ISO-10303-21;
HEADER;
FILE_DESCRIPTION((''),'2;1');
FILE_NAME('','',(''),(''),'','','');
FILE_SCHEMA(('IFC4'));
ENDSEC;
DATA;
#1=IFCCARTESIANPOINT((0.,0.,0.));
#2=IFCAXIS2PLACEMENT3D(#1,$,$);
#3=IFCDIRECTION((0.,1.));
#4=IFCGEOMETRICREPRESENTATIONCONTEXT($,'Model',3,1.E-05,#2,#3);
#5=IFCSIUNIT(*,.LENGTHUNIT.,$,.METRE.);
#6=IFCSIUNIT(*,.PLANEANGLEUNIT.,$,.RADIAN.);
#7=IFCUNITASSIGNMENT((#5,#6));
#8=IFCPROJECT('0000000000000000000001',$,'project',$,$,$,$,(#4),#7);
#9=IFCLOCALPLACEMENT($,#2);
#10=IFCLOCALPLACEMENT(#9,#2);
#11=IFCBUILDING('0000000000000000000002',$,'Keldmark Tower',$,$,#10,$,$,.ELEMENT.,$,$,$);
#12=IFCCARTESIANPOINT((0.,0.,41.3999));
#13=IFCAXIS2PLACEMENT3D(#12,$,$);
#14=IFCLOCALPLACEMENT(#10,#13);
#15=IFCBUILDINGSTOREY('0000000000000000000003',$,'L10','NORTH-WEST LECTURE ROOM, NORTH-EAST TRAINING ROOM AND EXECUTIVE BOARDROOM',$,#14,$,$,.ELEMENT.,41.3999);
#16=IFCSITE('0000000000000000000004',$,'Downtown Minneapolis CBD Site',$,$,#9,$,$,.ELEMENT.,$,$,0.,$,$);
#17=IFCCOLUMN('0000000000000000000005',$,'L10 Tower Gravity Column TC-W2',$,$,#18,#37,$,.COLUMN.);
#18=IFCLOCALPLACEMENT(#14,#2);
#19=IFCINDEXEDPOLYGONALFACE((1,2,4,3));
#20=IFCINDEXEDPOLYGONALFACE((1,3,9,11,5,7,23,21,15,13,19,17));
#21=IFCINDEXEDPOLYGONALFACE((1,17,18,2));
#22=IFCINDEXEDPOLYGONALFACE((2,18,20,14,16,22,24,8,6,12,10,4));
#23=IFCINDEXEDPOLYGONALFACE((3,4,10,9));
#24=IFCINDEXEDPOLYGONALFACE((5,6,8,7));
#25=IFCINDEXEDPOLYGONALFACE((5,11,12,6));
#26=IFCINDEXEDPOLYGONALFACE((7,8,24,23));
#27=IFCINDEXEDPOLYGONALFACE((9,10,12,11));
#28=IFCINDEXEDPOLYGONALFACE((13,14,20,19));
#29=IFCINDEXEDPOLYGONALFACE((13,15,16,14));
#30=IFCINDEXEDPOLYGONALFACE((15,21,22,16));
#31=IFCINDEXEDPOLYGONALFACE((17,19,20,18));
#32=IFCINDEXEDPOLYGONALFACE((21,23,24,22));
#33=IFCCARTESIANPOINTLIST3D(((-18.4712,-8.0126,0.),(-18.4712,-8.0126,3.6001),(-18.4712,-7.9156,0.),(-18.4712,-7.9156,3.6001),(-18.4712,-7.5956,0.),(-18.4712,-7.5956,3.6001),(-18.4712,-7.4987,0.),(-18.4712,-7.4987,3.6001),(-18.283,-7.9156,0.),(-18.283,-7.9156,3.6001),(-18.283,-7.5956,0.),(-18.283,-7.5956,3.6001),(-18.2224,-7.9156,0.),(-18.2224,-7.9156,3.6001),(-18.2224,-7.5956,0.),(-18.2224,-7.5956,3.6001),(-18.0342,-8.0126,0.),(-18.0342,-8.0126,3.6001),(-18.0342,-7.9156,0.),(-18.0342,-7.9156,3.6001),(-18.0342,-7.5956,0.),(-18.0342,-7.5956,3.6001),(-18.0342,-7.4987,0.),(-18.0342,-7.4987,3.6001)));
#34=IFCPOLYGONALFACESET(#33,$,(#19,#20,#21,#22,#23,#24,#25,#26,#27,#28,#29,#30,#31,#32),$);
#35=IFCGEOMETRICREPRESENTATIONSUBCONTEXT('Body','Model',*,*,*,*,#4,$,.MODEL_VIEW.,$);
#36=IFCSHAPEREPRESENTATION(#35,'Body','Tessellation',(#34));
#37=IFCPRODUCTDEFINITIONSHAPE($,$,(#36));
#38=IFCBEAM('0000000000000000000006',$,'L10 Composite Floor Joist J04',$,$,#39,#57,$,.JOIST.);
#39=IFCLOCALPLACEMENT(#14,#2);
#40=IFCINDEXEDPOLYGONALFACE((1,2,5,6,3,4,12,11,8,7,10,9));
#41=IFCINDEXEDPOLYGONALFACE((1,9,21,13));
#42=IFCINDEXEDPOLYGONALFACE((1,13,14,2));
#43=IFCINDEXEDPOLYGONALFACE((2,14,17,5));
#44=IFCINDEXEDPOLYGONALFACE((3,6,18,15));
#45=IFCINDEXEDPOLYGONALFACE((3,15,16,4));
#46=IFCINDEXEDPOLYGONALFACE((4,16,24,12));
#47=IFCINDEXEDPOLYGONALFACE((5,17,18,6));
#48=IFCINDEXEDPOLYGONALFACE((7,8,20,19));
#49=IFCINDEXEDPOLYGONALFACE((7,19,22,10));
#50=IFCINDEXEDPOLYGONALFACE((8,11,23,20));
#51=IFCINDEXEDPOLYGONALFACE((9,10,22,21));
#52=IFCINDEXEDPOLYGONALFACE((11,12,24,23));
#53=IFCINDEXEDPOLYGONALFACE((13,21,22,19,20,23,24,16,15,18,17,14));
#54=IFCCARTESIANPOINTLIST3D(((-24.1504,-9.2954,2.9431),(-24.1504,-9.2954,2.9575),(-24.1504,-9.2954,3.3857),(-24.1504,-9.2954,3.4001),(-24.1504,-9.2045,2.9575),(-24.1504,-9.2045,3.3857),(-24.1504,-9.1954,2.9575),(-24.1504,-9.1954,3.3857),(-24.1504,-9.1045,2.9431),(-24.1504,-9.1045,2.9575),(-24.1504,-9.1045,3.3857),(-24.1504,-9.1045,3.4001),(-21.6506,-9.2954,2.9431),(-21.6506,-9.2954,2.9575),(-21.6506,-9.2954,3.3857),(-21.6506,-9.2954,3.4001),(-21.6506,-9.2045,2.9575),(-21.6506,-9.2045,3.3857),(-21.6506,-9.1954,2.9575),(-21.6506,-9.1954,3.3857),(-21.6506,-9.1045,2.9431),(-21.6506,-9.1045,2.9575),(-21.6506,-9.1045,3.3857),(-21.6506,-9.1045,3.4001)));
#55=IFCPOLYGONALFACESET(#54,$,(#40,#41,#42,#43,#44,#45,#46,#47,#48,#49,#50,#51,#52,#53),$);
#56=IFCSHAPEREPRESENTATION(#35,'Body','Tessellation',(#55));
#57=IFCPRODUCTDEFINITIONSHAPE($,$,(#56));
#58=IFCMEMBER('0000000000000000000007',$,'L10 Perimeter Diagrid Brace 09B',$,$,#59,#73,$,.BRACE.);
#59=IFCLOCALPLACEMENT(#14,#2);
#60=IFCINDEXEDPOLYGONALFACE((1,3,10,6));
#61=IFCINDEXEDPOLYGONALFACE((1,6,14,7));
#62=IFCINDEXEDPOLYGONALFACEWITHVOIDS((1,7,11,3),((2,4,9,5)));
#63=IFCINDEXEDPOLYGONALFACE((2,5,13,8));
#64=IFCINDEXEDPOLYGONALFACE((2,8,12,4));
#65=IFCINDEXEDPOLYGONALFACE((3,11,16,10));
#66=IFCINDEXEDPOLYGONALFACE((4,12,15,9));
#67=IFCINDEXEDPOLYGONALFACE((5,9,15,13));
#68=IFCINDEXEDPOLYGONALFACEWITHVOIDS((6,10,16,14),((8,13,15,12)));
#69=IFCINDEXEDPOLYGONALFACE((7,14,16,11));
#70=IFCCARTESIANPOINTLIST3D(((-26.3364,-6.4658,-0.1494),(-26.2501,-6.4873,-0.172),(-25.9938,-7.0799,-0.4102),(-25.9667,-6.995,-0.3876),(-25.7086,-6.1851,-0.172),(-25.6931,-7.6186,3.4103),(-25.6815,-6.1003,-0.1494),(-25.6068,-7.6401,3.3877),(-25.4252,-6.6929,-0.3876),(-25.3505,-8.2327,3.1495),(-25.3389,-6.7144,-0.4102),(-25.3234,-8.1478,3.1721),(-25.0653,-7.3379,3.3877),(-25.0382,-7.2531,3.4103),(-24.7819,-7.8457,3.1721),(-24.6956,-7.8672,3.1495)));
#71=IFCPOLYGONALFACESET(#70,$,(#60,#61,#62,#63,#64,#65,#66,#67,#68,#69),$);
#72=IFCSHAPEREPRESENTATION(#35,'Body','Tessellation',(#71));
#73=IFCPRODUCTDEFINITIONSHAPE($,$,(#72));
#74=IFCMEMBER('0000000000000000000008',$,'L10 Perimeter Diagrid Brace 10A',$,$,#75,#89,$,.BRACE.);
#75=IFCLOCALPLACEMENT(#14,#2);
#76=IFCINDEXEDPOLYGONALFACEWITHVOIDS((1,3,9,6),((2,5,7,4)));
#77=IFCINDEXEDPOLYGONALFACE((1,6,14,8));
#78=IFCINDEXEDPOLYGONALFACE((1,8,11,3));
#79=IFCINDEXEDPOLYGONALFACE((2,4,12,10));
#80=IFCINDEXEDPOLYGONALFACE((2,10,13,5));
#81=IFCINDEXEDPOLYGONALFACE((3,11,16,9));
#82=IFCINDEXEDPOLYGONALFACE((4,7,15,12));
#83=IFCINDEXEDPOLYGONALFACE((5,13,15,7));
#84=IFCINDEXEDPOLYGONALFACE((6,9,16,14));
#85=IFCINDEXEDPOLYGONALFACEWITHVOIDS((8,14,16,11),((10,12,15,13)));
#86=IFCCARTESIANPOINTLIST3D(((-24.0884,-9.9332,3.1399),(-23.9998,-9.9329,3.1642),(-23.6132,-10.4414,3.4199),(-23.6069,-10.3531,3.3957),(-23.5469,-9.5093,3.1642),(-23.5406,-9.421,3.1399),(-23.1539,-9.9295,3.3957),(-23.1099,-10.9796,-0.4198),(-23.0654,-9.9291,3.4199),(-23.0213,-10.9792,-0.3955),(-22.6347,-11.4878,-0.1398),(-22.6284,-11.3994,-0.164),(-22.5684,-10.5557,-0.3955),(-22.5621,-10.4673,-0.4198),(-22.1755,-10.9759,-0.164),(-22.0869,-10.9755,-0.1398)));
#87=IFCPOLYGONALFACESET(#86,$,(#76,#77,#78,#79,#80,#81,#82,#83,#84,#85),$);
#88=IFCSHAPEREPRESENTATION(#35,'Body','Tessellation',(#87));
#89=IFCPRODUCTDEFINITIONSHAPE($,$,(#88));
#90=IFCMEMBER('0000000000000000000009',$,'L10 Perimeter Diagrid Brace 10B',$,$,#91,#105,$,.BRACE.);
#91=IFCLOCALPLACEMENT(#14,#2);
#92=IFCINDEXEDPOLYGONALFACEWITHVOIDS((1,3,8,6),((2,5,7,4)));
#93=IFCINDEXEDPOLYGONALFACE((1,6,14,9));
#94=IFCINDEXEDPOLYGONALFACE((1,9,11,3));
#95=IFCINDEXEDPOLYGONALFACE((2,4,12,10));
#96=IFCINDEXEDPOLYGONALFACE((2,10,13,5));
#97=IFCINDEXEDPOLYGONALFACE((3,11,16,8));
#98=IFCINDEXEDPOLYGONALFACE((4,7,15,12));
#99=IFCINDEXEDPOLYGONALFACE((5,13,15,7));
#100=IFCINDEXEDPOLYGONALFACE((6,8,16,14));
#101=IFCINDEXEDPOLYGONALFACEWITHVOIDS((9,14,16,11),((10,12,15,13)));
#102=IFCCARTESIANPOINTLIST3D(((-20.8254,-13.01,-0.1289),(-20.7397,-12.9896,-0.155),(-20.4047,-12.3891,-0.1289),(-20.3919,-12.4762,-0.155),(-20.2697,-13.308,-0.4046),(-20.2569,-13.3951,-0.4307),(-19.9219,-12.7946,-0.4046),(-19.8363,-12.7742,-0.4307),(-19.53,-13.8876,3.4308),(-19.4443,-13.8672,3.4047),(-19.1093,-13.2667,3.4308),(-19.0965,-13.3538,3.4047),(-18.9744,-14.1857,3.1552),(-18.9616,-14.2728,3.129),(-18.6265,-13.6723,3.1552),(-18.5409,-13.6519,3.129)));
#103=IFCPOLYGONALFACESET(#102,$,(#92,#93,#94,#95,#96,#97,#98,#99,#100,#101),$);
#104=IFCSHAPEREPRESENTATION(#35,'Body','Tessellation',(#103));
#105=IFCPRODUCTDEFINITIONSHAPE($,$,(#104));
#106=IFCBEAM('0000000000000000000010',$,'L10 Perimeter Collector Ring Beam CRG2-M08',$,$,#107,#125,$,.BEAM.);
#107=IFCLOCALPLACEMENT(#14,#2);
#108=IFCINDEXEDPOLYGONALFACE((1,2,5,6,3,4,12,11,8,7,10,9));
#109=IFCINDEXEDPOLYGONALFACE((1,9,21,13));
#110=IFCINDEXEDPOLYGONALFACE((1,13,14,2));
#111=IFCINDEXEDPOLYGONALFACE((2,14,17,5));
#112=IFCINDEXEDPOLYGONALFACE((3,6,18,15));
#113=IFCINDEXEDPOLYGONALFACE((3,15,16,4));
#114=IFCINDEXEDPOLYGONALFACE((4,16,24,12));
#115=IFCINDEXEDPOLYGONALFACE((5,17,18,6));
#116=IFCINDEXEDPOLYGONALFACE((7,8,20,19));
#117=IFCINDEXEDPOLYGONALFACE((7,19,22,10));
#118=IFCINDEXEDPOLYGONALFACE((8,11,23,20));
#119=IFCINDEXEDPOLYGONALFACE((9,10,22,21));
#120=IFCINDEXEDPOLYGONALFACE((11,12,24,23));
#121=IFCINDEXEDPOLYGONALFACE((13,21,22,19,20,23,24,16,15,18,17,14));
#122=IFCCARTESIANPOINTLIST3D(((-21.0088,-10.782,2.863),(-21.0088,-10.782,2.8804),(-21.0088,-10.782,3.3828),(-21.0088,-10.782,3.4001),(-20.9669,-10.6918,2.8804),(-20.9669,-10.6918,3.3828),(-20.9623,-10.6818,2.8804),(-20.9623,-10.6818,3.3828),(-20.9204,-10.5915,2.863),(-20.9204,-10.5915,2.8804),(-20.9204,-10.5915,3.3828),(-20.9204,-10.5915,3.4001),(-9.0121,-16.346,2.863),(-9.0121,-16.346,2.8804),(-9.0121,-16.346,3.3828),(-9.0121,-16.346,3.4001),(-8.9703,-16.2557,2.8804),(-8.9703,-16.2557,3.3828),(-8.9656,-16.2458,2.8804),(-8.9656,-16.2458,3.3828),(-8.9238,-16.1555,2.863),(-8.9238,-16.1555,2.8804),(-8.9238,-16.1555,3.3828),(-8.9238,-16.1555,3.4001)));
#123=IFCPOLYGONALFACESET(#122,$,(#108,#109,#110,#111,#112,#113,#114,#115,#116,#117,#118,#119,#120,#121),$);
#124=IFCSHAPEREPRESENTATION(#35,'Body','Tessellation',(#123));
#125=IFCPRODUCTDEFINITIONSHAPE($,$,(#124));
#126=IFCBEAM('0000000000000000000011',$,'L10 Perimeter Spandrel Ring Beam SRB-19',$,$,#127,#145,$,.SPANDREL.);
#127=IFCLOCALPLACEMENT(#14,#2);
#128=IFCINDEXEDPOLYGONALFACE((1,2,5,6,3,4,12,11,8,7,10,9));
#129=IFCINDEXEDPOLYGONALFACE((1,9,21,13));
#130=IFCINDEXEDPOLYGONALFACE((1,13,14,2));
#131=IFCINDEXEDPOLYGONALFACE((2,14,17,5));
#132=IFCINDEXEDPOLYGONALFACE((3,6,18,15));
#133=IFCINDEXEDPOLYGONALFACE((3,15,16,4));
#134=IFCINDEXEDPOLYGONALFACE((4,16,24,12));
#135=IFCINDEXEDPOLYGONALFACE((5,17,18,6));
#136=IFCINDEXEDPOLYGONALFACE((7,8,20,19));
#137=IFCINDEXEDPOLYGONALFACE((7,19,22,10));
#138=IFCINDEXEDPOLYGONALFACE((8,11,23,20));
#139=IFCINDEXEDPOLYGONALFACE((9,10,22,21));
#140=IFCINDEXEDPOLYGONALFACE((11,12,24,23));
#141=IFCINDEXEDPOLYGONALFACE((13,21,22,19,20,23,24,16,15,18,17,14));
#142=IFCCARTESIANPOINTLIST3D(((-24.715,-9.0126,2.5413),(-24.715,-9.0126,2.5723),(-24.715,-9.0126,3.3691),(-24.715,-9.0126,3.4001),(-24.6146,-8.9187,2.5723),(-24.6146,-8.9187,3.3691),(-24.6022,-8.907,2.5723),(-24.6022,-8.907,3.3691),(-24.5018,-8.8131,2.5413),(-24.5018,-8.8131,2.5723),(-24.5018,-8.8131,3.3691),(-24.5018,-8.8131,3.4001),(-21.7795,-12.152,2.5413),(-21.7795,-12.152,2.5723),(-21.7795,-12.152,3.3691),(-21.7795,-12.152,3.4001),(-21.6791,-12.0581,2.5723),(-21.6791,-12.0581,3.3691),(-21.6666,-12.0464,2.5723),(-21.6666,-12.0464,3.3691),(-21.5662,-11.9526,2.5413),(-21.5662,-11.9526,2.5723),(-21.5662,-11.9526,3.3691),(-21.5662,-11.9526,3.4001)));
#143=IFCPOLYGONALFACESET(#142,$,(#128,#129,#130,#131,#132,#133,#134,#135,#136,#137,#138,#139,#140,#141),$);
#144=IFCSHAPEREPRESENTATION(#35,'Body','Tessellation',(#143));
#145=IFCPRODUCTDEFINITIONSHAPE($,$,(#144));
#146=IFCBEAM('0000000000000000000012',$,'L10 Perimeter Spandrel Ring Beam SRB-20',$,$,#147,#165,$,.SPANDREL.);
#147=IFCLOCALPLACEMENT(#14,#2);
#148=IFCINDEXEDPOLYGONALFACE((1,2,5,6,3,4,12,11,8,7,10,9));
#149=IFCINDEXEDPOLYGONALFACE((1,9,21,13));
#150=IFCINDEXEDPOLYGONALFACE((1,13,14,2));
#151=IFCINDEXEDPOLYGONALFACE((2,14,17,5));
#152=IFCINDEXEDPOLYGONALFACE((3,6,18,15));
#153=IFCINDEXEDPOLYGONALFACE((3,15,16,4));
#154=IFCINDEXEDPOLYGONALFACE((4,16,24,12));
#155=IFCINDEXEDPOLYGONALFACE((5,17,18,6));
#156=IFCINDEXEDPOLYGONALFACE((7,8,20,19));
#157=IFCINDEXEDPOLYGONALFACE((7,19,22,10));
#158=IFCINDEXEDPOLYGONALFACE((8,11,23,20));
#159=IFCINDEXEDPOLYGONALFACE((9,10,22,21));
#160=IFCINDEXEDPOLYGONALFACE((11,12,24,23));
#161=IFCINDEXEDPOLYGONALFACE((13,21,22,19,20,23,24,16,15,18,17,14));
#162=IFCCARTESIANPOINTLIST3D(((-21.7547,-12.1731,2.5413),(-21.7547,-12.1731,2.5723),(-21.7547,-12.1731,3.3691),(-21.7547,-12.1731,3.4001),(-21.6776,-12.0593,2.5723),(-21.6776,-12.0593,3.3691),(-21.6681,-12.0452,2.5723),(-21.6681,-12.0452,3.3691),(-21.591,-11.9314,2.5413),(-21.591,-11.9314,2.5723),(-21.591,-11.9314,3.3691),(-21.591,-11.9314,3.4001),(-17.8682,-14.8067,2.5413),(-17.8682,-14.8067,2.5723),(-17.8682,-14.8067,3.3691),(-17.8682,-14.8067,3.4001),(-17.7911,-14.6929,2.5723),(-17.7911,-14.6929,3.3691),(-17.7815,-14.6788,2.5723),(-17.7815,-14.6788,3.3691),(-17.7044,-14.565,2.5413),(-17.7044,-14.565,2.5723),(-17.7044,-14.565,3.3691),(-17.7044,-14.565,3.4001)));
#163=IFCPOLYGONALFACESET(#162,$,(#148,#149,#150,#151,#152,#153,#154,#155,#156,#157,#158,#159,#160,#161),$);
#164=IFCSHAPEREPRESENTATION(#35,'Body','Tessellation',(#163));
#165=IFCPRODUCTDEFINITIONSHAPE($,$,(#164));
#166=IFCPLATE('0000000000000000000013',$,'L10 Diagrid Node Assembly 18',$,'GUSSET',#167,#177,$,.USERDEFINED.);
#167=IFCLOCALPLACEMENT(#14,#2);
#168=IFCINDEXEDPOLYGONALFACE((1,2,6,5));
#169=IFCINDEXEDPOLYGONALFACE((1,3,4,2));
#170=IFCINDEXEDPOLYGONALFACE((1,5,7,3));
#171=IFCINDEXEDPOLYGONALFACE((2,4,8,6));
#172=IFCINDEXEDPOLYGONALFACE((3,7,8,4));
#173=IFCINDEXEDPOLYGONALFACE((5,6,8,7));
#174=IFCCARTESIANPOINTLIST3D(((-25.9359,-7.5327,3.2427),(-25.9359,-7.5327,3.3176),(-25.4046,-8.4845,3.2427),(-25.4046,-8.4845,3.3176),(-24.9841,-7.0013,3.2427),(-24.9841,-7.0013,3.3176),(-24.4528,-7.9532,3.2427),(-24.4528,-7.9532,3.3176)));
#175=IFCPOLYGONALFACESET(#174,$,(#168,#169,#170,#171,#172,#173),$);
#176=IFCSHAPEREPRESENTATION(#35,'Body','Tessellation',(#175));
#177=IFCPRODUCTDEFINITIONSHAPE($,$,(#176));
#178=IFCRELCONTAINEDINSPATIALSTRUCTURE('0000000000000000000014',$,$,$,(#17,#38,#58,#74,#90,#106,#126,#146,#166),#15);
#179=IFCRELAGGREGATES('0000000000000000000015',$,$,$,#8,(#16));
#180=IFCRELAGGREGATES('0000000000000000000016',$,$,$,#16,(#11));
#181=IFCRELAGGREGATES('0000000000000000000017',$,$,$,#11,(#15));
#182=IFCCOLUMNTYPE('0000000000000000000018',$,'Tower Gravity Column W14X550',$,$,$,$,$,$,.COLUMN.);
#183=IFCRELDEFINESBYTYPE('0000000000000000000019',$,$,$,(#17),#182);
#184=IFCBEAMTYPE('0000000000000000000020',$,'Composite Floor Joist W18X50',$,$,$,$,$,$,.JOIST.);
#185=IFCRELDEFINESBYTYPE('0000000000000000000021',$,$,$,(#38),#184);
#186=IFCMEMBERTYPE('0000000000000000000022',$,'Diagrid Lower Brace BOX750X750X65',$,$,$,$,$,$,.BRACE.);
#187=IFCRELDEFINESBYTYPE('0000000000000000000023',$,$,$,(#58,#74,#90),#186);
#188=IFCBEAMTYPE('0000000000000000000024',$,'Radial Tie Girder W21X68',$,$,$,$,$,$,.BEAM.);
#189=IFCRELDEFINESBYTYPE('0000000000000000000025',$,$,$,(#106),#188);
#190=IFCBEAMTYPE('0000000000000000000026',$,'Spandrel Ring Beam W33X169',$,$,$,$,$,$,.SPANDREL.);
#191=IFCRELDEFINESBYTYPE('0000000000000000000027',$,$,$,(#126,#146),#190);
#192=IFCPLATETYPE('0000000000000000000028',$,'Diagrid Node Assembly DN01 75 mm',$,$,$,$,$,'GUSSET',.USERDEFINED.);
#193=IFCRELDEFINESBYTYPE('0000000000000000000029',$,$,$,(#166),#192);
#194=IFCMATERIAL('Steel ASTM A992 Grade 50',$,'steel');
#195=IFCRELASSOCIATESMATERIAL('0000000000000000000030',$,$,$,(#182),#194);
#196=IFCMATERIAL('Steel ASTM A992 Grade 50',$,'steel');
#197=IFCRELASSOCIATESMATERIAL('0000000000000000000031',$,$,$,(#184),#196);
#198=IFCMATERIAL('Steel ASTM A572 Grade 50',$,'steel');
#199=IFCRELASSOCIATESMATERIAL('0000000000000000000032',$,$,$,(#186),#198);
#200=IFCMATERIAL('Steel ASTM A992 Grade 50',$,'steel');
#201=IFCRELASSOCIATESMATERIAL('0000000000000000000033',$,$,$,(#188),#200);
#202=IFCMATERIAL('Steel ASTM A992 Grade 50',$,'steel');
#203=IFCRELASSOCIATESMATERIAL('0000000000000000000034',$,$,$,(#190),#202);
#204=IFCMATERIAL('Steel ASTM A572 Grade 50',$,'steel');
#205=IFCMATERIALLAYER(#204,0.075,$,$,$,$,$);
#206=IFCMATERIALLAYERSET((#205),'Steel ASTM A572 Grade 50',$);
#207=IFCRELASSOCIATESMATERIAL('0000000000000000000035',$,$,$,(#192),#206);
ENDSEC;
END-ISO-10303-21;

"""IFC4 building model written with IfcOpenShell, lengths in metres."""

from ifc_helpers import new_model, si_unit, direction, frame, origin, origin_2d, place, context, subcontext, project, spatial, rectangle, hollow_rectangle, i_section, extrude, material, layer, layer_set, material_profile, profile_set, type_object, element, save


model = new_model("IFC4")

# Units and contexts
model_context = context("Model", 3, precision=1e-05, world=origin(), true_north=direction((0.0, 1.0)))
body_context = subcontext(model_context, "Body", "Model", "MODEL_VIEW")
ifc_project = project(units=[si_unit("LENGTHUNIT", "METRE"), si_unit("PLANEANGLEUNIT", "RADIAN")], contexts=[model_context])

# Site, building, storey
site_placement = place(None, origin())
site = spatial("IfcSite", under=ifc_project, at=site_placement, Name="Downtown Minneapolis CBD Site", CompositionType="ELEMENT", RefElevation=0.0)
building_placement = place(site_placement, origin())
building = spatial("IfcBuilding", under=site, at=building_placement, Name="Keldmark Tower", CompositionType="ELEMENT")
storey_placement = place(building_placement, frame((0.0, 0.0, 41.3999)))
storey = spatial("IfcBuildingStorey", under=building, at=storey_placement, Name="L10", Description="NORTH-WEST LECTURE ROOM, NORTH-EAST TRAINING ROOM AND EXECUTIVE BOARDROOM", CompositionType="ELEMENT", Elevation=41.3999)

# Column
ifc_material_1 = material(Name="Steel ASTM A992 Grade 50", Category="steel")
ifc_material_profile_1 = material_profile(ifc_material_1, i_section(OverallWidth=0.437, OverallDepth=0.5139, WebThickness=0.0605, FlangeThickness=0.0969, at=origin_2d()), Name="W14X550")
ifc_profile_set_1 = profile_set([ifc_material_profile_1], Name="Steel ASTM A992 Grade 50")
column_type = type_object("IfcColumnType", Name="Tower Gravity Column W14X550", PredefinedType="COLUMN", material=ifc_profile_set_1)
column_placement = place(storey_placement, frame((-18.2527, -7.7556, 0.0), z_axis=(0.0, 0.0, 1.0), x_axis=(1.0, 0.0, 0.0)))
element("IfcColumn", 1, at=column_placement, inside=storey, type_object=column_type, Name="L10 Tower Gravity Column TC-W2", PredefinedType="COLUMN", context=body_context, shape_type="SweptSolid", body=[
    extrude(i_section(OverallWidth=0.437, OverallDepth=0.5139, WebThickness=0.0605, FlangeThickness=0.0969, at=origin_2d()), origin(), (0.0, 0.0, 1.0), 3.6001),
])

# Beam
ifc_material_2 = material(Name="Steel ASTM A992 Grade 50", Category="steel")
ifc_material_profile_2 = material_profile(ifc_material_2, i_section(OverallWidth=0.1909, OverallDepth=0.457, WebThickness=0.009, FlangeThickness=0.0144, at=origin_2d()), Name="W18X50")
ifc_profile_set_2 = profile_set([ifc_material_profile_2], Name="Steel ASTM A992 Grade 50")
beam_type_1 = type_object("IfcBeamType", Name="Composite Floor Joist W18X50", PredefinedType="JOIST", material=ifc_profile_set_2)
beam_1_placement = place(storey_placement, frame((-24.1504, -9.2, 3.1716), z_axis=(1.0, 0.0, 0.0), x_axis=(0.0, 1.0, 0.0)))
element("IfcBeam", 2, at=beam_1_placement, inside=storey, type_object=beam_type_1, Name="L10 Composite Floor Joist J04", PredefinedType="JOIST", context=body_context, shape_type="SweptSolid", body=[
    extrude(i_section(OverallWidth=0.1909, OverallDepth=0.457, WebThickness=0.009, FlangeThickness=0.0144, at=origin_2d()), origin(), (0.0, 0.0, 1.0), 2.4998),
])

# Members
ifc_material_3 = material(Name="Steel ASTM A572 Grade 50", Category="steel")
ifc_material_profile_3 = material_profile(ifc_material_3, hollow_rectangle(XDim=0.75, YDim=0.75, WallThickness=0.0649, at=origin_2d()), Name="BOX750X750X65")
ifc_profile_set_3 = profile_set([ifc_material_profile_3], Name="Steel ASTM A572 Grade 50")
member_type = type_object("IfcMemberType", Name="Diagrid Lower Brace BOX750X750X65", PredefinedType="BRACE", material=ifc_profile_set_3)
member_1_placement = place(storey_placement, frame((-25.8376, -6.5901, -0.2798), z_axis=(0.169438, -0.303638, 0.9376), x_axis=(0.87324, 0.487291, 0.0)))
element("IfcMember", 3, at=member_1_placement, inside=storey, type_object=member_type, Name="L10 Perimeter Diagrid Brace 09B", PredefinedType="BRACE", context=body_context, shape_type="SweptSolid", body=[
    extrude(hollow_rectangle(XDim=0.75, YDim=0.75, WallThickness=0.0649, at=origin_2d()), origin(), (0.0, 0.0, 1.0), 3.7966),
])
member_2_placement = place(storey_placement, frame((-22.5984, -10.9775, -0.2798), z_axis=(-0.255003, 0.27269, 0.927693), x_axis=(-0.730398, -0.683022, 0.0)))
element("IfcMember", 4, at=member_2_placement, inside=storey, type_object=member_type, Name="L10 Perimeter Diagrid Brace 10A", PredefinedType="BRACE", context=body_context, shape_type="SweptSolid", body=[
    extrude(hollow_rectangle(XDim=0.75, YDim=0.75, WallThickness=0.0649, at=origin_2d()), origin(), (0.0, 0.0, 1.0), 3.8372),
])
member_3_placement = place(storey_placement, frame((-20.3308, -12.8921, -0.2798), z_axis=(0.333136, -0.225711, 0.915464), x_axis=(0.560914, 0.827874, 0.0)))
element("IfcMember", 5, at=member_3_placement, inside=storey, type_object=member_type, Name="L10 Perimeter Diagrid Brace 10B", PredefinedType="BRACE", context=body_context, shape_type="SweptSolid", body=[
    extrude(hollow_rectangle(XDim=0.75, YDim=0.75, WallThickness=0.0649, at=origin_2d()), origin(), (0.0, 0.0, 1.0), 3.8884),
])

# Beams
ifc_material_4 = material(Name="Steel ASTM A992 Grade 50", Category="steel")
ifc_material_profile_4 = material_profile(ifc_material_4, i_section(OverallWidth=0.21, OverallDepth=0.5371, WebThickness=0.011, FlangeThickness=0.0173, at=origin_2d()), Name="W21X68")
ifc_profile_set_4 = profile_set([ifc_material_profile_4], Name="Steel ASTM A992 Grade 50")
beam_type_2 = type_object("IfcBeamType", Name="Radial Tie Girder W21X68", PredefinedType="BEAM", material=ifc_profile_set_4)
beam_2_placement = place(storey_placement, frame((-20.9646, -10.6868, 3.1316), z_axis=(0.907179, -0.420746, 0.0), x_axis=(0.420746, 0.907179, 0.0)))
element("IfcBeam", 6, at=beam_2_placement, inside=storey, type_object=beam_type_2, Name="L10 Perimeter Collector Ring Beam CRG2-M08", PredefinedType="BEAM", context=body_context, shape_type="SweptSolid", body=[
    extrude(i_section(OverallWidth=0.21, OverallDepth=0.5371, WebThickness=0.011, FlangeThickness=0.0173, at=origin_2d()), origin(), (0.0, 0.0, 1.0), 13.2241),
])
ifc_material_5 = material(Name="Steel ASTM A992 Grade 50", Category="steel")
ifc_material_profile_5 = material_profile(ifc_material_5, i_section(OverallWidth=0.292, OverallDepth=0.8589, WebThickness=0.0171, FlangeThickness=0.031, at=origin_2d()), Name="W33X169")
ifc_profile_set_5 = profile_set([ifc_material_profile_5], Name="Steel ASTM A992 Grade 50")
beam_type_3 = type_object("IfcBeamType", Name="Spandrel Ring Beam W33X169", PredefinedType="SPANDREL", material=ifc_profile_set_5)
beam_3_placement = place(storey_placement, frame((-24.6084, -8.9128, 2.9707), z_axis=(0.682994, -0.730424, 0.0), x_axis=(0.730424, 0.682994, 0.0)))
element("IfcBeam", 7, at=beam_3_placement, inside=storey, type_object=beam_type_3, Name="L10 Perimeter Spandrel Ring Beam SRB-19", PredefinedType="SPANDREL", context=body_context, shape_type="SweptSolid", body=[
    extrude(i_section(OverallWidth=0.292, OverallDepth=0.8589, WebThickness=0.0171, FlangeThickness=0.031, at=origin_2d()), origin(), (0.0, 0.0, 1.0), 4.2981),
])
beam_4_placement = place(storey_placement, frame((-21.6729, -12.0522, 2.9707), z_axis=(0.827842, -0.560961, 0.0), x_axis=(0.560961, 0.827842, 0.0)))
element("IfcBeam", 8, at=beam_4_placement, inside=storey, type_object=beam_type_3, Name="L10 Perimeter Spandrel Ring Beam SRB-20", PredefinedType="SPANDREL", context=body_context, shape_type="SweptSolid", body=[
    extrude(i_section(OverallWidth=0.292, OverallDepth=0.8589, WebThickness=0.0171, FlangeThickness=0.031, at=origin_2d()), origin(), (0.0, 0.0, 1.0), 4.6948),
])

# Plate
ifc_material_6 = material(Name="Steel ASTM A572 Grade 50", Category="steel")
ifc_layer_1 = layer(ifc_material_6, 0.075)
ifc_layer_set_1 = layer_set([ifc_layer_1], Name="Steel ASTM A572 Grade 50")
plate_type = type_object("IfcPlateType", Name="Diagrid Node Assembly DN01 75 mm", ElementType="GUSSET", PredefinedType="USERDEFINED", material=ifc_layer_set_1)
for number, where, z_axis, x_axis, name in (
    (9, (-25.1943, -7.7429, 3.2427), (0.0, 0.0, 1.0), (0.487403, -0.873177, 0.0), "L10 Diagrid Node Assembly 18"),
):
    element("IfcPlate", number, at=place(storey_placement, frame(where, z_axis=z_axis, x_axis=x_axis)), inside=storey, type_object=plate_type, Name=name, ObjectType="GUSSET", PredefinedType="USERDEFINED", context=body_context, shape_type="SweptSolid", body=[
        extrude(rectangle(XDim=1.0901, YDim=1.0901, at=origin_2d()), origin(), (0.0, 0.0, 1.0), 0.075),
    ])

save(model, "model.ifc")
